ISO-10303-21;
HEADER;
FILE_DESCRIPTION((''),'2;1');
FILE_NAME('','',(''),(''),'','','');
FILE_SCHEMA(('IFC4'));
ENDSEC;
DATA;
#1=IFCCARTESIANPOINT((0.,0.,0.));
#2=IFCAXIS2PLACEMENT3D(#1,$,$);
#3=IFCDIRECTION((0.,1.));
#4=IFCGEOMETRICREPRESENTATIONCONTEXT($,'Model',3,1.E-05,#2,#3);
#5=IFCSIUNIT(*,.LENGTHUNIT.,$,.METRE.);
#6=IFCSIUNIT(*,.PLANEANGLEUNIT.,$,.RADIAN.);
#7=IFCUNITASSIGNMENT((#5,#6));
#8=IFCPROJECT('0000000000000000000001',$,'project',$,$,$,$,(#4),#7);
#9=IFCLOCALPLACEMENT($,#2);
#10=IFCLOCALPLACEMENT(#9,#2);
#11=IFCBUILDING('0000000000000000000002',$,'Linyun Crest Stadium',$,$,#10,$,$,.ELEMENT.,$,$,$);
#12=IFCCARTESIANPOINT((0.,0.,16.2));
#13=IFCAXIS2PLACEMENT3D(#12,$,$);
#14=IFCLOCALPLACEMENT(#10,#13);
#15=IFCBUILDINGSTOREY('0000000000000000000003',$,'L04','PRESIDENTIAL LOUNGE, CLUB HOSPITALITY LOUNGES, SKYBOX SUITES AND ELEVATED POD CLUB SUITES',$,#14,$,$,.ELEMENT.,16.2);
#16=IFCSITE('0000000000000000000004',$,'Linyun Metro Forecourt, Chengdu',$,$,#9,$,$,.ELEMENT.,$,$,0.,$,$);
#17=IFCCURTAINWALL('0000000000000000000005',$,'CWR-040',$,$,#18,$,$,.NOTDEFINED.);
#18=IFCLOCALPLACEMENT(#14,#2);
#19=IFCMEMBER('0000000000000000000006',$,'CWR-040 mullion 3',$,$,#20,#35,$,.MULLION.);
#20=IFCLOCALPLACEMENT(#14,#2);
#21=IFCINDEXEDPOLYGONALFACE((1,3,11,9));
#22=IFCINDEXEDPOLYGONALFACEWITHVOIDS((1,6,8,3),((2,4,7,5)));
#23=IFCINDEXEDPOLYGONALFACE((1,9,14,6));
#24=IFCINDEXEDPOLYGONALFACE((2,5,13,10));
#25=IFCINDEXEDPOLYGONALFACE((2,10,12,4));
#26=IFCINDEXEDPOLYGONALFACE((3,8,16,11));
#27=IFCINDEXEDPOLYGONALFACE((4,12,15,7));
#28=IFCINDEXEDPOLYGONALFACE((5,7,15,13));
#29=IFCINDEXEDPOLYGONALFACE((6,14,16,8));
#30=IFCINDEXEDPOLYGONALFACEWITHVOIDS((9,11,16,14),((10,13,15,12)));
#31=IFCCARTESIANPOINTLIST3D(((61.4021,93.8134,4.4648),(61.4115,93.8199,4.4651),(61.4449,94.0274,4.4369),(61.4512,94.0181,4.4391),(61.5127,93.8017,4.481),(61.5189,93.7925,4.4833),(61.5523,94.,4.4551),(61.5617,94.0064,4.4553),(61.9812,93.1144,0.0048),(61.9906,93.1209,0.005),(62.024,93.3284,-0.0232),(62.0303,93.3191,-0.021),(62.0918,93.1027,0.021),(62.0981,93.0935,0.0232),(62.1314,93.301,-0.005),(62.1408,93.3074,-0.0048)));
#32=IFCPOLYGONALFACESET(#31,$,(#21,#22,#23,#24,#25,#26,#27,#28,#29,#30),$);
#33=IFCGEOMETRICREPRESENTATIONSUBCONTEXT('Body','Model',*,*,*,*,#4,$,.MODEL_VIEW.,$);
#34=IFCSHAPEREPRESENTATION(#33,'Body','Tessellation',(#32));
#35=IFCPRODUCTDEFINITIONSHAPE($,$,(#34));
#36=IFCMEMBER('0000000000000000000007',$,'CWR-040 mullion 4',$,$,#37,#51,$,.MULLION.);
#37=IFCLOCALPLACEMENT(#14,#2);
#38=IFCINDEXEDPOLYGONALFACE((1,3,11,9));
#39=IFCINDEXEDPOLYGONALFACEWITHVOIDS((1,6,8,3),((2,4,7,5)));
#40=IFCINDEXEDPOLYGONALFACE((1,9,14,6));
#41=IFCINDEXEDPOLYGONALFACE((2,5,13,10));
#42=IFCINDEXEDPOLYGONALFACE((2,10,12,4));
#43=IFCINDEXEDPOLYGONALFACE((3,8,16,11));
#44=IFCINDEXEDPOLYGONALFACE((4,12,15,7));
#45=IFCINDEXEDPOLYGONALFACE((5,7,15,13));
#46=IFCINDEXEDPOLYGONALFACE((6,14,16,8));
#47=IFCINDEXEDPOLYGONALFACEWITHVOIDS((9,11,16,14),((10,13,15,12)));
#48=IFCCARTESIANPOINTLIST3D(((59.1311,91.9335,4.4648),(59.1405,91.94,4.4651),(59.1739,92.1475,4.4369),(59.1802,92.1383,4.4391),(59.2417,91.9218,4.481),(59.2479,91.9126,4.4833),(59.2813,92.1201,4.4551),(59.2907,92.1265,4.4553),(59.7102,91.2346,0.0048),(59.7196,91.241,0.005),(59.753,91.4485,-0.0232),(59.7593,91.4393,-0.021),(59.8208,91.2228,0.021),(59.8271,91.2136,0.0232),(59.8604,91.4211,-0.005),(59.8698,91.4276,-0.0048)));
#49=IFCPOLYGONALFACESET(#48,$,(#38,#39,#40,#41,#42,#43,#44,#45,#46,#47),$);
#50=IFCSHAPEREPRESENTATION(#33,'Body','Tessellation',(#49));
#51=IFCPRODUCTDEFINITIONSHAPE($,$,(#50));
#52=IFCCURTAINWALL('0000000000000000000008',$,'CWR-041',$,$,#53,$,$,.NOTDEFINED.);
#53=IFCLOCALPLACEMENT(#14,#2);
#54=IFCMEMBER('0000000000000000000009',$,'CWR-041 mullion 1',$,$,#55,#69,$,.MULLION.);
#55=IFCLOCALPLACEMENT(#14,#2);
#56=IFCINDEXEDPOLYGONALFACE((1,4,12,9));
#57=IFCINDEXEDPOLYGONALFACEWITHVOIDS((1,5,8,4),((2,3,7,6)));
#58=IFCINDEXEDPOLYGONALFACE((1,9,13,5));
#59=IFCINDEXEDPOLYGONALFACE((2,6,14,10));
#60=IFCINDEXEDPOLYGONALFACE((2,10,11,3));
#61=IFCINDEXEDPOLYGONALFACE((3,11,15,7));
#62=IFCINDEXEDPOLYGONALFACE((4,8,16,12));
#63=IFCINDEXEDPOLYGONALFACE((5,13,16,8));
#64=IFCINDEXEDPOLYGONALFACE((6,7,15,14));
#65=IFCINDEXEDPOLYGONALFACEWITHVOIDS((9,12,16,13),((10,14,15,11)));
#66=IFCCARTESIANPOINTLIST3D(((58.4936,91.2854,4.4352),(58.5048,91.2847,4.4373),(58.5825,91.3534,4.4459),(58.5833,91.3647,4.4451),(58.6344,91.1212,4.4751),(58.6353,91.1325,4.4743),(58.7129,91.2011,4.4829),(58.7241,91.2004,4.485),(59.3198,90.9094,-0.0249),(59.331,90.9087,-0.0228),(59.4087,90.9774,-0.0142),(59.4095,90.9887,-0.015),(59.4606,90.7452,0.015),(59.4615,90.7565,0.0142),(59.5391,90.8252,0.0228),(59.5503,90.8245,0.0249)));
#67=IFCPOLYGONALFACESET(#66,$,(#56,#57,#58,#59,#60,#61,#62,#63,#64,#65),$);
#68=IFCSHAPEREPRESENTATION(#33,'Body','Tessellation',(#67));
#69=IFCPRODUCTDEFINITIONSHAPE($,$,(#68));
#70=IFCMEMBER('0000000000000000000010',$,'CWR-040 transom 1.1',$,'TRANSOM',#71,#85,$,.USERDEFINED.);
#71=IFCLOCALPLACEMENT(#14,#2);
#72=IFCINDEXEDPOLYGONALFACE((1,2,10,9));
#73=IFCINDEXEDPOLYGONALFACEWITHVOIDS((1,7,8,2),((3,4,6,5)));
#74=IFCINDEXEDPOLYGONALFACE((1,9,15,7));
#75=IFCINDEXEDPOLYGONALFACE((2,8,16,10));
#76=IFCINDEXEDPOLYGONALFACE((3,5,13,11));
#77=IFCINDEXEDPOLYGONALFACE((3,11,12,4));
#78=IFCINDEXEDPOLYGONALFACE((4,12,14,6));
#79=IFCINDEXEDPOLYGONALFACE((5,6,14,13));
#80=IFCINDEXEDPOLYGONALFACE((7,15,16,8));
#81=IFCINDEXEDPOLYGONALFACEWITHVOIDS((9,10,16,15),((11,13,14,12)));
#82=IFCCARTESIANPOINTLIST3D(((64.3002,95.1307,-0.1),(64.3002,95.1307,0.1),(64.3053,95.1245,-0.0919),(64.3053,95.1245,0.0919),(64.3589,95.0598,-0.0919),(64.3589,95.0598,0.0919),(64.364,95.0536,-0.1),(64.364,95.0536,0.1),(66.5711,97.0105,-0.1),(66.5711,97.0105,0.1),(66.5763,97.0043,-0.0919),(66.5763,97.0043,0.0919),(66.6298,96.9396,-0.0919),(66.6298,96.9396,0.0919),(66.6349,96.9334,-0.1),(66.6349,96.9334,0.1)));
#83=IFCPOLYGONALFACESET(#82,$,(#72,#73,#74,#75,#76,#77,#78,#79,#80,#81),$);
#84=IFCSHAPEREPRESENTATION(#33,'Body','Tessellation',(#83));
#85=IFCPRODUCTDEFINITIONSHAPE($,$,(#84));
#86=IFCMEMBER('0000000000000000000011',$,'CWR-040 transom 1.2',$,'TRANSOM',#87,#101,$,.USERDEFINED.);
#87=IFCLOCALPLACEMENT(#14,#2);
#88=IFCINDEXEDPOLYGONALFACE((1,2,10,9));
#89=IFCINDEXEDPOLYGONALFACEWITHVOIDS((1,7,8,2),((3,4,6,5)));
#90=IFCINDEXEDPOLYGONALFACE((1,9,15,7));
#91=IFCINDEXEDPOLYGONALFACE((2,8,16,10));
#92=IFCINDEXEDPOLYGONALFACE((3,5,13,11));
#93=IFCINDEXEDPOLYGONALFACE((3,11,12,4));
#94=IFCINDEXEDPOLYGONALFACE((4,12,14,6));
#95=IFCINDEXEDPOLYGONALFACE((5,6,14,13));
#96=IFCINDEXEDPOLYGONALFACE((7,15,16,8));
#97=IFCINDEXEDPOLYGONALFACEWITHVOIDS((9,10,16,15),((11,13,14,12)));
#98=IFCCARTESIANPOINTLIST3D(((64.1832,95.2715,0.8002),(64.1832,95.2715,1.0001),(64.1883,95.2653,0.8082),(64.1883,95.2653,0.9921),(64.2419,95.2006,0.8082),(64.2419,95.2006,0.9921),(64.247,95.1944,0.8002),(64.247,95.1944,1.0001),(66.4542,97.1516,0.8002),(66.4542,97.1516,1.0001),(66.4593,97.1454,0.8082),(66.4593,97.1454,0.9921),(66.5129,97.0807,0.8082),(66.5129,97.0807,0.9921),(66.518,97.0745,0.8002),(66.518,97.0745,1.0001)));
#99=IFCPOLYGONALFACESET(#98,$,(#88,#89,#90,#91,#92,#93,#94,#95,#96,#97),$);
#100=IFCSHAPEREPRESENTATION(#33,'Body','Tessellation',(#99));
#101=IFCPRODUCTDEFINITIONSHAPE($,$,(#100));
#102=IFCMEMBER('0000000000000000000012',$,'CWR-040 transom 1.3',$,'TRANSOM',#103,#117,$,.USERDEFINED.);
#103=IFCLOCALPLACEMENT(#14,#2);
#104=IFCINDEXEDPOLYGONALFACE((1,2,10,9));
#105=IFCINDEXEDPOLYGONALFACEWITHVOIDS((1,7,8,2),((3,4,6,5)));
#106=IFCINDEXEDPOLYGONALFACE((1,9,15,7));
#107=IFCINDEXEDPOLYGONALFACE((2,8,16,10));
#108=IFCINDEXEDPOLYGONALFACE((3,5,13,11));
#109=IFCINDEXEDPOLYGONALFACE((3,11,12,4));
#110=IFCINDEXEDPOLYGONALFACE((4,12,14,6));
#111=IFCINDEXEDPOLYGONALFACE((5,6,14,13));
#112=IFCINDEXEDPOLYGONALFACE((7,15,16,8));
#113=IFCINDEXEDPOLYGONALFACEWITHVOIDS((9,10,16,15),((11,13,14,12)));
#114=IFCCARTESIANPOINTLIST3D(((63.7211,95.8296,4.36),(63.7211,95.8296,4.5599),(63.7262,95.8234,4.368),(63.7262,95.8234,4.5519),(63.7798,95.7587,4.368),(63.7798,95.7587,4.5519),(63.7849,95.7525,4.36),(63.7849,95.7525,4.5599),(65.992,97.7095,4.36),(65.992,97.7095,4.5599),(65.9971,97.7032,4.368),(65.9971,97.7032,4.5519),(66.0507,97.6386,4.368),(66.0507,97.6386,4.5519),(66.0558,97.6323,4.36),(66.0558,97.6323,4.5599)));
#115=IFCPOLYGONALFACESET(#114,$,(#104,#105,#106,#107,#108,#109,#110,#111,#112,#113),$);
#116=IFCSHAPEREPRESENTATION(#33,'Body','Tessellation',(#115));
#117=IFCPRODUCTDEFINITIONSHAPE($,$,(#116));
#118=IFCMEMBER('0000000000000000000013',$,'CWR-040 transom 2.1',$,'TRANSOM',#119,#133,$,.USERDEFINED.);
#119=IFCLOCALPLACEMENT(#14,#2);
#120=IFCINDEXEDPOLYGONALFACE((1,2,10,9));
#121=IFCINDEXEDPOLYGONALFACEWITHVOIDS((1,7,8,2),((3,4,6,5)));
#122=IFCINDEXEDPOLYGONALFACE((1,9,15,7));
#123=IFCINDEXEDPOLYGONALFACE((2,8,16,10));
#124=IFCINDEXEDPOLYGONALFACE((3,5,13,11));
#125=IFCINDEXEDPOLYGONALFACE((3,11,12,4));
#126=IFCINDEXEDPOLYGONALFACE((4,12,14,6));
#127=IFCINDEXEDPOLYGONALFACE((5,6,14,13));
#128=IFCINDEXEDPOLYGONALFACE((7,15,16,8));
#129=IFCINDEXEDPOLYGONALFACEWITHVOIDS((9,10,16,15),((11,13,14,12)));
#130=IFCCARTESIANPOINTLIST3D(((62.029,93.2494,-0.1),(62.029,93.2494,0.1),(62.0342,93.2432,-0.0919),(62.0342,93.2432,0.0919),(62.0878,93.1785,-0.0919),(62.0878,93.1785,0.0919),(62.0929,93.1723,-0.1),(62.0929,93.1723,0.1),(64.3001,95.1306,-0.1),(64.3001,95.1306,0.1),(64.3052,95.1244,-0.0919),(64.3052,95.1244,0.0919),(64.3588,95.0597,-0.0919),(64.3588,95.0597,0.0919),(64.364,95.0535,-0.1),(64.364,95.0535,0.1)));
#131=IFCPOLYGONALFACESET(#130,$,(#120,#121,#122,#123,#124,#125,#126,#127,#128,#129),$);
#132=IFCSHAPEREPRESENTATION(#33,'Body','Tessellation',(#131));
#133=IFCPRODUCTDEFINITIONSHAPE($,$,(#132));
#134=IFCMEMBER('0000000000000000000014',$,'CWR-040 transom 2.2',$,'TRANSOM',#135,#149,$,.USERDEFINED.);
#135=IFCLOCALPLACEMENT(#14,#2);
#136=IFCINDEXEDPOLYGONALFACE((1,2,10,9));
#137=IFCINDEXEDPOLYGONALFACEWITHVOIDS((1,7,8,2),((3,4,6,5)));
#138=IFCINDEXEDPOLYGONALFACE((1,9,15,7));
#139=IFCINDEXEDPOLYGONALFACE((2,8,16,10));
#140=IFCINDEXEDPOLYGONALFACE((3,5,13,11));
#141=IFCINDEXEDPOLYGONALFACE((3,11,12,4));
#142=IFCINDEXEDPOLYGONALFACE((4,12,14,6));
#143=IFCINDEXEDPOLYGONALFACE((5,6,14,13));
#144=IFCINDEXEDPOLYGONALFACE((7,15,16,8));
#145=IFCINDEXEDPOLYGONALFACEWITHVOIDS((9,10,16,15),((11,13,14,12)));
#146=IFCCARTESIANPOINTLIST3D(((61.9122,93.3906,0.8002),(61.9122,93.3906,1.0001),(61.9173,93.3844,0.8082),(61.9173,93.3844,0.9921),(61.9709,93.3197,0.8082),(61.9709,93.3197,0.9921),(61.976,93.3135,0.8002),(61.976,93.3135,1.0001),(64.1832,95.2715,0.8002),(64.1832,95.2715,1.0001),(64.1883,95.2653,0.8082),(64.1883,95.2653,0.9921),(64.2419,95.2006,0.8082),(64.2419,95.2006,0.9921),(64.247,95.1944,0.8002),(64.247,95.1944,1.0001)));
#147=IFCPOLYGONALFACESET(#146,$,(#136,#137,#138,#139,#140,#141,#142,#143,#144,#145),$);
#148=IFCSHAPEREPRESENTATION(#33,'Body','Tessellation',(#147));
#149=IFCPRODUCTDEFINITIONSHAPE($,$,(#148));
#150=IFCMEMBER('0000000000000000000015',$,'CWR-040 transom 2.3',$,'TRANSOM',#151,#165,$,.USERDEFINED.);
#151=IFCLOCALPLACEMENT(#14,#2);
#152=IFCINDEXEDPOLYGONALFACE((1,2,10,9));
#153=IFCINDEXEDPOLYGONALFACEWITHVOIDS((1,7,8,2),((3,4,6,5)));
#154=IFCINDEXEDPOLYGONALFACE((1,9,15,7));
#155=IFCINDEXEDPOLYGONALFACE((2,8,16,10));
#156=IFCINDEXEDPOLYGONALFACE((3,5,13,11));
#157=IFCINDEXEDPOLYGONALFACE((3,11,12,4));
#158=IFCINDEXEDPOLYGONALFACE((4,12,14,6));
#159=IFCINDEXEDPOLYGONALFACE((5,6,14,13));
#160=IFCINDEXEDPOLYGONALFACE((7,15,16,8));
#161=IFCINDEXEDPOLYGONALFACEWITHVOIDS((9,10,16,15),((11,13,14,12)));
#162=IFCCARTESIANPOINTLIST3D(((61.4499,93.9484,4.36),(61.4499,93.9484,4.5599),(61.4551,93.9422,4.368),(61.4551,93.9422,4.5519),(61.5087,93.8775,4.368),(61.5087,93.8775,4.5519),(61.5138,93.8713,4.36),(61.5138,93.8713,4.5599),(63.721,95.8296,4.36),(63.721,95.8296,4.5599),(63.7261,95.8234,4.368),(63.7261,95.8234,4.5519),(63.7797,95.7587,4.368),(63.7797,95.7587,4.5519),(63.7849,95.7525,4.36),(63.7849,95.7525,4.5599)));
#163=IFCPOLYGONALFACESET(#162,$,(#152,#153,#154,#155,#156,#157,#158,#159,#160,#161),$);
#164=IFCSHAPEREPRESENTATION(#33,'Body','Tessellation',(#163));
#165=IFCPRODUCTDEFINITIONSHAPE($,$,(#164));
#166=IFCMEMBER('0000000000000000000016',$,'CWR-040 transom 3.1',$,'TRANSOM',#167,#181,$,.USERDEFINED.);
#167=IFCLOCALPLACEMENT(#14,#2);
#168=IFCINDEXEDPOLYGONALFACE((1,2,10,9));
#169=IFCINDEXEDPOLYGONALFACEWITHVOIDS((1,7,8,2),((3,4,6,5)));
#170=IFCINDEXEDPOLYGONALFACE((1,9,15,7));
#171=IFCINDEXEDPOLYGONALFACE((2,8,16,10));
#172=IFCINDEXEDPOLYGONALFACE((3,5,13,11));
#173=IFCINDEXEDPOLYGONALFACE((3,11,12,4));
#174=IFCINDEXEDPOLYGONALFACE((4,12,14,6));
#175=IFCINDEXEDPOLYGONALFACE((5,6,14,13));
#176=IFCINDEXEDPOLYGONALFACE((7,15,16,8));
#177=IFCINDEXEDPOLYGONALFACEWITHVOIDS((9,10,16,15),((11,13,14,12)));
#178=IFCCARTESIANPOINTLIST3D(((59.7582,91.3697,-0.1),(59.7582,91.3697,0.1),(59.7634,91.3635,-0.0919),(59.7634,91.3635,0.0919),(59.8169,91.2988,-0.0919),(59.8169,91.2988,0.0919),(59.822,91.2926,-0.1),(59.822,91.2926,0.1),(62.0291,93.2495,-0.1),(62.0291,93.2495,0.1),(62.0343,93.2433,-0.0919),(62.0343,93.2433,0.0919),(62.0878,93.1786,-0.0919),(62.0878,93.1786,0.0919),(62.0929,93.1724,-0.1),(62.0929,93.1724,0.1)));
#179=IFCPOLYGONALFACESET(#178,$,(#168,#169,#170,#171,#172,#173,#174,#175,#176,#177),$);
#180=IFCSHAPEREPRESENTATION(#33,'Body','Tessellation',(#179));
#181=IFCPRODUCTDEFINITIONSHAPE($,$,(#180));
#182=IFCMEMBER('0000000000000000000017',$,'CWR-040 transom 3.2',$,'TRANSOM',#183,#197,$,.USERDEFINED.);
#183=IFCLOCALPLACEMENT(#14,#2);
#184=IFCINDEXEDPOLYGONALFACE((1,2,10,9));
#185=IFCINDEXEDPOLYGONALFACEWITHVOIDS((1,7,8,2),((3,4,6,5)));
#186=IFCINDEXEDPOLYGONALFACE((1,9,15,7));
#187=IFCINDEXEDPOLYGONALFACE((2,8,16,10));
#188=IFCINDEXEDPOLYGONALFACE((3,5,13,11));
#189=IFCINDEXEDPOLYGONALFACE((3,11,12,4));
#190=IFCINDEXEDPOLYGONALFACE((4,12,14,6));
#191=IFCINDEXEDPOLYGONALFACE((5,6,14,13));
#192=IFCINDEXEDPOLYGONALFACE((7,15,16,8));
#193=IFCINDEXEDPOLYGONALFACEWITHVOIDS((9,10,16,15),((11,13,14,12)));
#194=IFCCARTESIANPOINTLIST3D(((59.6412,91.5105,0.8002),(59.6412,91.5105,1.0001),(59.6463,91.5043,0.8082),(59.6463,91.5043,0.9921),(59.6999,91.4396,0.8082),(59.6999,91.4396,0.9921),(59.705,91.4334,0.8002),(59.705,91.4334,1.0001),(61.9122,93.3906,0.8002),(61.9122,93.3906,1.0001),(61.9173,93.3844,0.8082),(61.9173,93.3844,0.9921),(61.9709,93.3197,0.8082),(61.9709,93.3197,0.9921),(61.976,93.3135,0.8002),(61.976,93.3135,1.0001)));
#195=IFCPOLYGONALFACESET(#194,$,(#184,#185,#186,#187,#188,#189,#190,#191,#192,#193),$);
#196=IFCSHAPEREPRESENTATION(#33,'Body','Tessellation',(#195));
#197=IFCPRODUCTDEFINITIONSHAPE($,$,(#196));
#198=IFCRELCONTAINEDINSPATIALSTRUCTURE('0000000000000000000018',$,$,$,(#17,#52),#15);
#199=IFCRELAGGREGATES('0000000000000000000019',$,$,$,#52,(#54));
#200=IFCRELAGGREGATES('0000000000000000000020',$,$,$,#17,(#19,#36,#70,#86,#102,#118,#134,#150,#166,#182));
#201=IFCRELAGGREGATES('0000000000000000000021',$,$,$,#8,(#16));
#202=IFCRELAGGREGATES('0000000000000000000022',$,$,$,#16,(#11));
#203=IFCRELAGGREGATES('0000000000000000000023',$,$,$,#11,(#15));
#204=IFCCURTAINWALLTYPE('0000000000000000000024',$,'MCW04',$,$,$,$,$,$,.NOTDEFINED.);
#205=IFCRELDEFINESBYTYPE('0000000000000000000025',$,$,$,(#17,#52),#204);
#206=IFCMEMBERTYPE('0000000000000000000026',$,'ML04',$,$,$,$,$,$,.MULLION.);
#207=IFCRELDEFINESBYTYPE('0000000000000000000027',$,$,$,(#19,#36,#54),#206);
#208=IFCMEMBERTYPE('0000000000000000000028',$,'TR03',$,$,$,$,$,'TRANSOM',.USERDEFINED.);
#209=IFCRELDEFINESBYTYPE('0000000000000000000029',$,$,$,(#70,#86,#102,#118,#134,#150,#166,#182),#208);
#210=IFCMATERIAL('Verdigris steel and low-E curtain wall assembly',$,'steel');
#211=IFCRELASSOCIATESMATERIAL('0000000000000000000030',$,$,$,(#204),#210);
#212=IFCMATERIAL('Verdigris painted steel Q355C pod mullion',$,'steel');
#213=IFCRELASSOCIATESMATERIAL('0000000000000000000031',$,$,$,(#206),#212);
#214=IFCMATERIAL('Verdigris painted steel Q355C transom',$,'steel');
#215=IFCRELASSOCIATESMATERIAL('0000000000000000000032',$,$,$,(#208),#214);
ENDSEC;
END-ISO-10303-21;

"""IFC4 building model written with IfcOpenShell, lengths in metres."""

from ifc_helpers import new_model, si_unit, direction, frame, origin, origin_2d, place, context, subcontext, project, spatial, hollow_rectangle, extrude, material, material_profile, profile_set, type_object, element, aggregate, save


model = new_model("IFC4")

# Units and contexts
model_context = context("Model", 3, precision=1e-05, world=origin(), true_north=direction((0.0, 1.0)))
body_context = subcontext(model_context, "Body", "Model", "MODEL_VIEW")
ifc_project = project(units=[si_unit("LENGTHUNIT", "METRE"), si_unit("PLANEANGLEUNIT", "RADIAN")], contexts=[model_context])

# Site, building, storey
site_placement = place(None, origin())
site = spatial("IfcSite", under=ifc_project, at=site_placement, Name="Linyun Metro Forecourt, Chengdu", CompositionType="ELEMENT", RefElevation=0.0)
building_placement = place(site_placement, origin())
building = spatial("IfcBuilding", under=site, at=building_placement, Name="Linyun Crest Stadium", CompositionType="ELEMENT")
storey_placement = place(building_placement, frame((0.0, 0.0, 16.2)))
storey = spatial("IfcBuildingStorey", under=building, at=storey_placement, Name="L04", Description="PRESIDENTIAL LOUNGE, CLUB HOSPITALITY LOUNGES, SKYBOX SUITES AND ELEVATED POD CLUB SUITES", CompositionType="ELEMENT", Elevation=16.2)

# Shared definitions
ifc_material_1 = material(Name="Verdigris steel and low-E curtain wall assembly", Category="steel")
curtain_wall_type = type_object("IfcCurtainWallType", Name="MCW04", PredefinedType="NOTDEFINED", material=ifc_material_1)
ifc_material_2 = material(Name="Verdigris painted steel Q355C pod mullion", Category="steel")
ifc_material_profile_1 = material_profile(ifc_material_2, hollow_rectangle(XDim=0.1201, YDim=0.22, WallThickness=0.0081, at=origin_2d()), Name="RHS 220x120x8")
ifc_profile_set_1 = profile_set([ifc_material_profile_1], Name="Verdigris painted steel Q355C pod mullion")
member_type_1 = type_object("IfcMemberType", Name="ML04", PredefinedType="MULLION", material=ifc_profile_set_1)

# Curtain wall, members
curtain_wall_1_placement = place(storey_placement, origin())
curtain_wall_1 = element("IfcCurtainWall", 1, at=curtain_wall_1_placement, inside=storey, type_object=curtain_wall_type, Name="CWR-040", PredefinedType="NOTDEFINED")
member_1_placement = place(storey_placement, frame((62.061, 93.2109, 0.0), z_axis=(-0.127236, 0.153574, 0.979911), x_axis=(-0.972616, 0.174406, -0.153622)))
member_1 = element("IfcMember", 2, at=member_1_placement, type_object=member_type_1, Name="CWR-040 mullion 3", PredefinedType="MULLION", context=body_context, shape_type="SweptSolid", body=[
    extrude(hollow_rectangle(XDim=0.1201, YDim=0.22, WallThickness=0.0081, at=origin_2d()), origin(), (0.0, 0.0, 1.0), 4.5515),
])
member_2_placement = place(storey_placement, frame((59.79, 91.3311, 0.0), z_axis=(-0.127236, 0.153574, 0.979911), x_axis=(-0.972616, 0.174406, -0.153622)))
member_2 = element("IfcMember", 3, at=member_2_placement, type_object=member_type_1, Name="CWR-040 mullion 4", PredefinedType="MULLION", context=body_context, shape_type="SweptSolid", body=[
    extrude(hollow_rectangle(XDim=0.1201, YDim=0.22, WallThickness=0.0081, at=origin_2d()), origin(), (0.0, 0.0, 1.0), 4.5515),
])

# Curtain wall, member
curtain_wall_2_placement = place(storey_placement, origin())
curtain_wall_2 = element("IfcCurtainWall", 4, at=curtain_wall_2_placement, inside=storey, type_object=curtain_wall_type, Name="CWR-041", PredefinedType="NOTDEFINED")
member_3_placement = place(storey_placement, frame((59.4351, 90.8669, 0.0), z_axis=(-0.181521, 0.082607, 0.979911), x_axis=(-0.746666, -0.660042, -0.082672)))
member_3 = element("IfcMember", 5, at=member_3_placement, type_object=member_type_1, Name="CWR-041 mullion 1", PredefinedType="MULLION", context=body_context, shape_type="SweptSolid", body=[
    extrude(hollow_rectangle(XDim=0.1201, YDim=0.22, WallThickness=0.0081, at=origin_2d()), origin(), (0.0, 0.0, 1.0), 4.5515),
])

# Members
ifc_material_3 = material(Name="Verdigris painted steel Q355C transom", Category="steel")
ifc_material_profile_2 = material_profile(ifc_material_3, hollow_rectangle(XDim=0.1001, YDim=0.2, WallThickness=0.0081, at=origin_2d()), Name="RHS 200x100x8")
ifc_profile_set_2 = profile_set([ifc_material_profile_2], Name="Verdigris painted steel Q355C transom")
member_type_2 = type_object("IfcMemberType", Name="TR03", ElementType="TRANSOM", PredefinedType="USERDEFINED", material=ifc_profile_set_2)
member_4_placement = place(storey_placement, frame((66.603, 96.9719, 0.0), z_axis=(-0.770321, -0.637656, 0.0), x_axis=(0.637656, -0.770321, 0.0)))
member_4 = element("IfcMember", 6, at=member_4_placement, type_object=member_type_2, Name="CWR-040 transom 1.1", ObjectType="TRANSOM", PredefinedType="USERDEFINED", context=body_context, shape_type="SweptSolid", body=[
    extrude(hollow_rectangle(XDim=0.1001, YDim=0.2, WallThickness=0.0081, at=origin_2d()), origin(), (0.0, 0.0, 1.0), 2.948),
])
member_5_placement = place(storey_placement, frame((66.4861, 97.113, 0.9001), z_axis=(-0.770281, -0.637705, 0.0), x_axis=(0.637705, -0.770281, 0.0)))
member_5 = element("IfcMember", 7, at=member_5_placement, type_object=member_type_2, Name="CWR-040 transom 1.2", ObjectType="TRANSOM", PredefinedType="USERDEFINED", context=body_context, shape_type="SweptSolid", body=[
    extrude(hollow_rectangle(XDim=0.1001, YDim=0.2, WallThickness=0.0081, at=origin_2d()), origin(), (0.0, 0.0, 1.0), 2.9482),
])
member_6_placement = place(storey_placement, frame((66.0239, 97.6709, 4.46), z_axis=(-0.770321, -0.637656, 0.0), x_axis=(0.637656, -0.770321, 0.0)))
member_6 = element("IfcMember", 8, at=member_6_placement, type_object=member_type_2, Name="CWR-040 transom 1.3", ObjectType="TRANSOM", PredefinedType="USERDEFINED", context=body_context, shape_type="SweptSolid", body=[
    extrude(hollow_rectangle(XDim=0.1001, YDim=0.2, WallThickness=0.0081, at=origin_2d()), origin(), (0.0, 0.0, 1.0), 2.948),
])
member_7_placement = place(storey_placement, frame((64.332, 95.092, 0.0), z_axis=(-0.770118, -0.637901, 0.0), x_axis=(0.637901, -0.770118, 0.0)))
member_7 = element("IfcMember", 9, at=member_7_placement, type_object=member_type_2, Name="CWR-040 transom 2.1", ObjectType="TRANSOM", PredefinedType="USERDEFINED", context=body_context, shape_type="SweptSolid", body=[
    extrude(hollow_rectangle(XDim=0.1001, YDim=0.2, WallThickness=0.0081, at=origin_2d()), origin(), (0.0, 0.0, 1.0), 2.949),
])
member_8_placement = place(storey_placement, frame((64.2151, 95.2329, 0.9001), z_axis=(-0.770159, -0.637852, 0.0), x_axis=(0.637852, -0.770159, 0.0)))
member_8 = element("IfcMember", 10, at=member_8_placement, type_object=member_type_2, Name="CWR-040 transom 2.2", ObjectType="TRANSOM", PredefinedType="USERDEFINED", context=body_context, shape_type="SweptSolid", body=[
    extrude(hollow_rectangle(XDim=0.1001, YDim=0.2, WallThickness=0.0081, at=origin_2d()), origin(), (0.0, 0.0, 1.0), 2.9487),
])
member_9_placement = place(storey_placement, frame((63.7529, 95.791, 4.46), z_axis=(-0.770118, -0.637901, 0.0), x_axis=(0.637901, -0.770118, 0.0)))
member_9 = element("IfcMember", 11, at=member_9_placement, type_object=member_type_2, Name="CWR-040 transom 2.3", ObjectType="TRANSOM", PredefinedType="USERDEFINED", context=body_context, shape_type="SweptSolid", body=[
    extrude(hollow_rectangle(XDim=0.1001, YDim=0.2, WallThickness=0.0081, at=origin_2d()), origin(), (0.0, 0.0, 1.0), 2.949),
])
member_10_placement = place(storey_placement, frame((62.061, 93.2109, 0.0), z_axis=(-0.770321, -0.637656, 0.0), x_axis=(0.637656, -0.770321, 0.0)))
member_10 = element("IfcMember", 12, at=member_10_placement, type_object=member_type_2, Name="CWR-040 transom 3.1", ObjectType="TRANSOM", PredefinedType="USERDEFINED", context=body_context, shape_type="SweptSolid", body=[
    extrude(hollow_rectangle(XDim=0.1001, YDim=0.2, WallThickness=0.0081, at=origin_2d()), origin(), (0.0, 0.0, 1.0), 2.948),
])
member_11_placement = place(storey_placement, frame((61.9441, 93.3521, 0.9001), z_axis=(-0.770281, -0.637705, 0.0), x_axis=(0.637705, -0.770281, 0.0)))
member_11 = element("IfcMember", 13, at=member_11_placement, type_object=member_type_2, Name="CWR-040 transom 3.2", ObjectType="TRANSOM", PredefinedType="USERDEFINED", context=body_context, shape_type="SweptSolid", body=[
    extrude(hollow_rectangle(XDim=0.1001, YDim=0.2, WallThickness=0.0081, at=origin_2d()), origin(), (0.0, 0.0, 1.0), 2.9482),
])
aggregate(curtain_wall_2, [member_3])

aggregate(curtain_wall_1, [member_1, member_2, member_4, member_5, member_6, member_7, member_8, member_9, member_10, member_11])

save(model, "model.ifc")
